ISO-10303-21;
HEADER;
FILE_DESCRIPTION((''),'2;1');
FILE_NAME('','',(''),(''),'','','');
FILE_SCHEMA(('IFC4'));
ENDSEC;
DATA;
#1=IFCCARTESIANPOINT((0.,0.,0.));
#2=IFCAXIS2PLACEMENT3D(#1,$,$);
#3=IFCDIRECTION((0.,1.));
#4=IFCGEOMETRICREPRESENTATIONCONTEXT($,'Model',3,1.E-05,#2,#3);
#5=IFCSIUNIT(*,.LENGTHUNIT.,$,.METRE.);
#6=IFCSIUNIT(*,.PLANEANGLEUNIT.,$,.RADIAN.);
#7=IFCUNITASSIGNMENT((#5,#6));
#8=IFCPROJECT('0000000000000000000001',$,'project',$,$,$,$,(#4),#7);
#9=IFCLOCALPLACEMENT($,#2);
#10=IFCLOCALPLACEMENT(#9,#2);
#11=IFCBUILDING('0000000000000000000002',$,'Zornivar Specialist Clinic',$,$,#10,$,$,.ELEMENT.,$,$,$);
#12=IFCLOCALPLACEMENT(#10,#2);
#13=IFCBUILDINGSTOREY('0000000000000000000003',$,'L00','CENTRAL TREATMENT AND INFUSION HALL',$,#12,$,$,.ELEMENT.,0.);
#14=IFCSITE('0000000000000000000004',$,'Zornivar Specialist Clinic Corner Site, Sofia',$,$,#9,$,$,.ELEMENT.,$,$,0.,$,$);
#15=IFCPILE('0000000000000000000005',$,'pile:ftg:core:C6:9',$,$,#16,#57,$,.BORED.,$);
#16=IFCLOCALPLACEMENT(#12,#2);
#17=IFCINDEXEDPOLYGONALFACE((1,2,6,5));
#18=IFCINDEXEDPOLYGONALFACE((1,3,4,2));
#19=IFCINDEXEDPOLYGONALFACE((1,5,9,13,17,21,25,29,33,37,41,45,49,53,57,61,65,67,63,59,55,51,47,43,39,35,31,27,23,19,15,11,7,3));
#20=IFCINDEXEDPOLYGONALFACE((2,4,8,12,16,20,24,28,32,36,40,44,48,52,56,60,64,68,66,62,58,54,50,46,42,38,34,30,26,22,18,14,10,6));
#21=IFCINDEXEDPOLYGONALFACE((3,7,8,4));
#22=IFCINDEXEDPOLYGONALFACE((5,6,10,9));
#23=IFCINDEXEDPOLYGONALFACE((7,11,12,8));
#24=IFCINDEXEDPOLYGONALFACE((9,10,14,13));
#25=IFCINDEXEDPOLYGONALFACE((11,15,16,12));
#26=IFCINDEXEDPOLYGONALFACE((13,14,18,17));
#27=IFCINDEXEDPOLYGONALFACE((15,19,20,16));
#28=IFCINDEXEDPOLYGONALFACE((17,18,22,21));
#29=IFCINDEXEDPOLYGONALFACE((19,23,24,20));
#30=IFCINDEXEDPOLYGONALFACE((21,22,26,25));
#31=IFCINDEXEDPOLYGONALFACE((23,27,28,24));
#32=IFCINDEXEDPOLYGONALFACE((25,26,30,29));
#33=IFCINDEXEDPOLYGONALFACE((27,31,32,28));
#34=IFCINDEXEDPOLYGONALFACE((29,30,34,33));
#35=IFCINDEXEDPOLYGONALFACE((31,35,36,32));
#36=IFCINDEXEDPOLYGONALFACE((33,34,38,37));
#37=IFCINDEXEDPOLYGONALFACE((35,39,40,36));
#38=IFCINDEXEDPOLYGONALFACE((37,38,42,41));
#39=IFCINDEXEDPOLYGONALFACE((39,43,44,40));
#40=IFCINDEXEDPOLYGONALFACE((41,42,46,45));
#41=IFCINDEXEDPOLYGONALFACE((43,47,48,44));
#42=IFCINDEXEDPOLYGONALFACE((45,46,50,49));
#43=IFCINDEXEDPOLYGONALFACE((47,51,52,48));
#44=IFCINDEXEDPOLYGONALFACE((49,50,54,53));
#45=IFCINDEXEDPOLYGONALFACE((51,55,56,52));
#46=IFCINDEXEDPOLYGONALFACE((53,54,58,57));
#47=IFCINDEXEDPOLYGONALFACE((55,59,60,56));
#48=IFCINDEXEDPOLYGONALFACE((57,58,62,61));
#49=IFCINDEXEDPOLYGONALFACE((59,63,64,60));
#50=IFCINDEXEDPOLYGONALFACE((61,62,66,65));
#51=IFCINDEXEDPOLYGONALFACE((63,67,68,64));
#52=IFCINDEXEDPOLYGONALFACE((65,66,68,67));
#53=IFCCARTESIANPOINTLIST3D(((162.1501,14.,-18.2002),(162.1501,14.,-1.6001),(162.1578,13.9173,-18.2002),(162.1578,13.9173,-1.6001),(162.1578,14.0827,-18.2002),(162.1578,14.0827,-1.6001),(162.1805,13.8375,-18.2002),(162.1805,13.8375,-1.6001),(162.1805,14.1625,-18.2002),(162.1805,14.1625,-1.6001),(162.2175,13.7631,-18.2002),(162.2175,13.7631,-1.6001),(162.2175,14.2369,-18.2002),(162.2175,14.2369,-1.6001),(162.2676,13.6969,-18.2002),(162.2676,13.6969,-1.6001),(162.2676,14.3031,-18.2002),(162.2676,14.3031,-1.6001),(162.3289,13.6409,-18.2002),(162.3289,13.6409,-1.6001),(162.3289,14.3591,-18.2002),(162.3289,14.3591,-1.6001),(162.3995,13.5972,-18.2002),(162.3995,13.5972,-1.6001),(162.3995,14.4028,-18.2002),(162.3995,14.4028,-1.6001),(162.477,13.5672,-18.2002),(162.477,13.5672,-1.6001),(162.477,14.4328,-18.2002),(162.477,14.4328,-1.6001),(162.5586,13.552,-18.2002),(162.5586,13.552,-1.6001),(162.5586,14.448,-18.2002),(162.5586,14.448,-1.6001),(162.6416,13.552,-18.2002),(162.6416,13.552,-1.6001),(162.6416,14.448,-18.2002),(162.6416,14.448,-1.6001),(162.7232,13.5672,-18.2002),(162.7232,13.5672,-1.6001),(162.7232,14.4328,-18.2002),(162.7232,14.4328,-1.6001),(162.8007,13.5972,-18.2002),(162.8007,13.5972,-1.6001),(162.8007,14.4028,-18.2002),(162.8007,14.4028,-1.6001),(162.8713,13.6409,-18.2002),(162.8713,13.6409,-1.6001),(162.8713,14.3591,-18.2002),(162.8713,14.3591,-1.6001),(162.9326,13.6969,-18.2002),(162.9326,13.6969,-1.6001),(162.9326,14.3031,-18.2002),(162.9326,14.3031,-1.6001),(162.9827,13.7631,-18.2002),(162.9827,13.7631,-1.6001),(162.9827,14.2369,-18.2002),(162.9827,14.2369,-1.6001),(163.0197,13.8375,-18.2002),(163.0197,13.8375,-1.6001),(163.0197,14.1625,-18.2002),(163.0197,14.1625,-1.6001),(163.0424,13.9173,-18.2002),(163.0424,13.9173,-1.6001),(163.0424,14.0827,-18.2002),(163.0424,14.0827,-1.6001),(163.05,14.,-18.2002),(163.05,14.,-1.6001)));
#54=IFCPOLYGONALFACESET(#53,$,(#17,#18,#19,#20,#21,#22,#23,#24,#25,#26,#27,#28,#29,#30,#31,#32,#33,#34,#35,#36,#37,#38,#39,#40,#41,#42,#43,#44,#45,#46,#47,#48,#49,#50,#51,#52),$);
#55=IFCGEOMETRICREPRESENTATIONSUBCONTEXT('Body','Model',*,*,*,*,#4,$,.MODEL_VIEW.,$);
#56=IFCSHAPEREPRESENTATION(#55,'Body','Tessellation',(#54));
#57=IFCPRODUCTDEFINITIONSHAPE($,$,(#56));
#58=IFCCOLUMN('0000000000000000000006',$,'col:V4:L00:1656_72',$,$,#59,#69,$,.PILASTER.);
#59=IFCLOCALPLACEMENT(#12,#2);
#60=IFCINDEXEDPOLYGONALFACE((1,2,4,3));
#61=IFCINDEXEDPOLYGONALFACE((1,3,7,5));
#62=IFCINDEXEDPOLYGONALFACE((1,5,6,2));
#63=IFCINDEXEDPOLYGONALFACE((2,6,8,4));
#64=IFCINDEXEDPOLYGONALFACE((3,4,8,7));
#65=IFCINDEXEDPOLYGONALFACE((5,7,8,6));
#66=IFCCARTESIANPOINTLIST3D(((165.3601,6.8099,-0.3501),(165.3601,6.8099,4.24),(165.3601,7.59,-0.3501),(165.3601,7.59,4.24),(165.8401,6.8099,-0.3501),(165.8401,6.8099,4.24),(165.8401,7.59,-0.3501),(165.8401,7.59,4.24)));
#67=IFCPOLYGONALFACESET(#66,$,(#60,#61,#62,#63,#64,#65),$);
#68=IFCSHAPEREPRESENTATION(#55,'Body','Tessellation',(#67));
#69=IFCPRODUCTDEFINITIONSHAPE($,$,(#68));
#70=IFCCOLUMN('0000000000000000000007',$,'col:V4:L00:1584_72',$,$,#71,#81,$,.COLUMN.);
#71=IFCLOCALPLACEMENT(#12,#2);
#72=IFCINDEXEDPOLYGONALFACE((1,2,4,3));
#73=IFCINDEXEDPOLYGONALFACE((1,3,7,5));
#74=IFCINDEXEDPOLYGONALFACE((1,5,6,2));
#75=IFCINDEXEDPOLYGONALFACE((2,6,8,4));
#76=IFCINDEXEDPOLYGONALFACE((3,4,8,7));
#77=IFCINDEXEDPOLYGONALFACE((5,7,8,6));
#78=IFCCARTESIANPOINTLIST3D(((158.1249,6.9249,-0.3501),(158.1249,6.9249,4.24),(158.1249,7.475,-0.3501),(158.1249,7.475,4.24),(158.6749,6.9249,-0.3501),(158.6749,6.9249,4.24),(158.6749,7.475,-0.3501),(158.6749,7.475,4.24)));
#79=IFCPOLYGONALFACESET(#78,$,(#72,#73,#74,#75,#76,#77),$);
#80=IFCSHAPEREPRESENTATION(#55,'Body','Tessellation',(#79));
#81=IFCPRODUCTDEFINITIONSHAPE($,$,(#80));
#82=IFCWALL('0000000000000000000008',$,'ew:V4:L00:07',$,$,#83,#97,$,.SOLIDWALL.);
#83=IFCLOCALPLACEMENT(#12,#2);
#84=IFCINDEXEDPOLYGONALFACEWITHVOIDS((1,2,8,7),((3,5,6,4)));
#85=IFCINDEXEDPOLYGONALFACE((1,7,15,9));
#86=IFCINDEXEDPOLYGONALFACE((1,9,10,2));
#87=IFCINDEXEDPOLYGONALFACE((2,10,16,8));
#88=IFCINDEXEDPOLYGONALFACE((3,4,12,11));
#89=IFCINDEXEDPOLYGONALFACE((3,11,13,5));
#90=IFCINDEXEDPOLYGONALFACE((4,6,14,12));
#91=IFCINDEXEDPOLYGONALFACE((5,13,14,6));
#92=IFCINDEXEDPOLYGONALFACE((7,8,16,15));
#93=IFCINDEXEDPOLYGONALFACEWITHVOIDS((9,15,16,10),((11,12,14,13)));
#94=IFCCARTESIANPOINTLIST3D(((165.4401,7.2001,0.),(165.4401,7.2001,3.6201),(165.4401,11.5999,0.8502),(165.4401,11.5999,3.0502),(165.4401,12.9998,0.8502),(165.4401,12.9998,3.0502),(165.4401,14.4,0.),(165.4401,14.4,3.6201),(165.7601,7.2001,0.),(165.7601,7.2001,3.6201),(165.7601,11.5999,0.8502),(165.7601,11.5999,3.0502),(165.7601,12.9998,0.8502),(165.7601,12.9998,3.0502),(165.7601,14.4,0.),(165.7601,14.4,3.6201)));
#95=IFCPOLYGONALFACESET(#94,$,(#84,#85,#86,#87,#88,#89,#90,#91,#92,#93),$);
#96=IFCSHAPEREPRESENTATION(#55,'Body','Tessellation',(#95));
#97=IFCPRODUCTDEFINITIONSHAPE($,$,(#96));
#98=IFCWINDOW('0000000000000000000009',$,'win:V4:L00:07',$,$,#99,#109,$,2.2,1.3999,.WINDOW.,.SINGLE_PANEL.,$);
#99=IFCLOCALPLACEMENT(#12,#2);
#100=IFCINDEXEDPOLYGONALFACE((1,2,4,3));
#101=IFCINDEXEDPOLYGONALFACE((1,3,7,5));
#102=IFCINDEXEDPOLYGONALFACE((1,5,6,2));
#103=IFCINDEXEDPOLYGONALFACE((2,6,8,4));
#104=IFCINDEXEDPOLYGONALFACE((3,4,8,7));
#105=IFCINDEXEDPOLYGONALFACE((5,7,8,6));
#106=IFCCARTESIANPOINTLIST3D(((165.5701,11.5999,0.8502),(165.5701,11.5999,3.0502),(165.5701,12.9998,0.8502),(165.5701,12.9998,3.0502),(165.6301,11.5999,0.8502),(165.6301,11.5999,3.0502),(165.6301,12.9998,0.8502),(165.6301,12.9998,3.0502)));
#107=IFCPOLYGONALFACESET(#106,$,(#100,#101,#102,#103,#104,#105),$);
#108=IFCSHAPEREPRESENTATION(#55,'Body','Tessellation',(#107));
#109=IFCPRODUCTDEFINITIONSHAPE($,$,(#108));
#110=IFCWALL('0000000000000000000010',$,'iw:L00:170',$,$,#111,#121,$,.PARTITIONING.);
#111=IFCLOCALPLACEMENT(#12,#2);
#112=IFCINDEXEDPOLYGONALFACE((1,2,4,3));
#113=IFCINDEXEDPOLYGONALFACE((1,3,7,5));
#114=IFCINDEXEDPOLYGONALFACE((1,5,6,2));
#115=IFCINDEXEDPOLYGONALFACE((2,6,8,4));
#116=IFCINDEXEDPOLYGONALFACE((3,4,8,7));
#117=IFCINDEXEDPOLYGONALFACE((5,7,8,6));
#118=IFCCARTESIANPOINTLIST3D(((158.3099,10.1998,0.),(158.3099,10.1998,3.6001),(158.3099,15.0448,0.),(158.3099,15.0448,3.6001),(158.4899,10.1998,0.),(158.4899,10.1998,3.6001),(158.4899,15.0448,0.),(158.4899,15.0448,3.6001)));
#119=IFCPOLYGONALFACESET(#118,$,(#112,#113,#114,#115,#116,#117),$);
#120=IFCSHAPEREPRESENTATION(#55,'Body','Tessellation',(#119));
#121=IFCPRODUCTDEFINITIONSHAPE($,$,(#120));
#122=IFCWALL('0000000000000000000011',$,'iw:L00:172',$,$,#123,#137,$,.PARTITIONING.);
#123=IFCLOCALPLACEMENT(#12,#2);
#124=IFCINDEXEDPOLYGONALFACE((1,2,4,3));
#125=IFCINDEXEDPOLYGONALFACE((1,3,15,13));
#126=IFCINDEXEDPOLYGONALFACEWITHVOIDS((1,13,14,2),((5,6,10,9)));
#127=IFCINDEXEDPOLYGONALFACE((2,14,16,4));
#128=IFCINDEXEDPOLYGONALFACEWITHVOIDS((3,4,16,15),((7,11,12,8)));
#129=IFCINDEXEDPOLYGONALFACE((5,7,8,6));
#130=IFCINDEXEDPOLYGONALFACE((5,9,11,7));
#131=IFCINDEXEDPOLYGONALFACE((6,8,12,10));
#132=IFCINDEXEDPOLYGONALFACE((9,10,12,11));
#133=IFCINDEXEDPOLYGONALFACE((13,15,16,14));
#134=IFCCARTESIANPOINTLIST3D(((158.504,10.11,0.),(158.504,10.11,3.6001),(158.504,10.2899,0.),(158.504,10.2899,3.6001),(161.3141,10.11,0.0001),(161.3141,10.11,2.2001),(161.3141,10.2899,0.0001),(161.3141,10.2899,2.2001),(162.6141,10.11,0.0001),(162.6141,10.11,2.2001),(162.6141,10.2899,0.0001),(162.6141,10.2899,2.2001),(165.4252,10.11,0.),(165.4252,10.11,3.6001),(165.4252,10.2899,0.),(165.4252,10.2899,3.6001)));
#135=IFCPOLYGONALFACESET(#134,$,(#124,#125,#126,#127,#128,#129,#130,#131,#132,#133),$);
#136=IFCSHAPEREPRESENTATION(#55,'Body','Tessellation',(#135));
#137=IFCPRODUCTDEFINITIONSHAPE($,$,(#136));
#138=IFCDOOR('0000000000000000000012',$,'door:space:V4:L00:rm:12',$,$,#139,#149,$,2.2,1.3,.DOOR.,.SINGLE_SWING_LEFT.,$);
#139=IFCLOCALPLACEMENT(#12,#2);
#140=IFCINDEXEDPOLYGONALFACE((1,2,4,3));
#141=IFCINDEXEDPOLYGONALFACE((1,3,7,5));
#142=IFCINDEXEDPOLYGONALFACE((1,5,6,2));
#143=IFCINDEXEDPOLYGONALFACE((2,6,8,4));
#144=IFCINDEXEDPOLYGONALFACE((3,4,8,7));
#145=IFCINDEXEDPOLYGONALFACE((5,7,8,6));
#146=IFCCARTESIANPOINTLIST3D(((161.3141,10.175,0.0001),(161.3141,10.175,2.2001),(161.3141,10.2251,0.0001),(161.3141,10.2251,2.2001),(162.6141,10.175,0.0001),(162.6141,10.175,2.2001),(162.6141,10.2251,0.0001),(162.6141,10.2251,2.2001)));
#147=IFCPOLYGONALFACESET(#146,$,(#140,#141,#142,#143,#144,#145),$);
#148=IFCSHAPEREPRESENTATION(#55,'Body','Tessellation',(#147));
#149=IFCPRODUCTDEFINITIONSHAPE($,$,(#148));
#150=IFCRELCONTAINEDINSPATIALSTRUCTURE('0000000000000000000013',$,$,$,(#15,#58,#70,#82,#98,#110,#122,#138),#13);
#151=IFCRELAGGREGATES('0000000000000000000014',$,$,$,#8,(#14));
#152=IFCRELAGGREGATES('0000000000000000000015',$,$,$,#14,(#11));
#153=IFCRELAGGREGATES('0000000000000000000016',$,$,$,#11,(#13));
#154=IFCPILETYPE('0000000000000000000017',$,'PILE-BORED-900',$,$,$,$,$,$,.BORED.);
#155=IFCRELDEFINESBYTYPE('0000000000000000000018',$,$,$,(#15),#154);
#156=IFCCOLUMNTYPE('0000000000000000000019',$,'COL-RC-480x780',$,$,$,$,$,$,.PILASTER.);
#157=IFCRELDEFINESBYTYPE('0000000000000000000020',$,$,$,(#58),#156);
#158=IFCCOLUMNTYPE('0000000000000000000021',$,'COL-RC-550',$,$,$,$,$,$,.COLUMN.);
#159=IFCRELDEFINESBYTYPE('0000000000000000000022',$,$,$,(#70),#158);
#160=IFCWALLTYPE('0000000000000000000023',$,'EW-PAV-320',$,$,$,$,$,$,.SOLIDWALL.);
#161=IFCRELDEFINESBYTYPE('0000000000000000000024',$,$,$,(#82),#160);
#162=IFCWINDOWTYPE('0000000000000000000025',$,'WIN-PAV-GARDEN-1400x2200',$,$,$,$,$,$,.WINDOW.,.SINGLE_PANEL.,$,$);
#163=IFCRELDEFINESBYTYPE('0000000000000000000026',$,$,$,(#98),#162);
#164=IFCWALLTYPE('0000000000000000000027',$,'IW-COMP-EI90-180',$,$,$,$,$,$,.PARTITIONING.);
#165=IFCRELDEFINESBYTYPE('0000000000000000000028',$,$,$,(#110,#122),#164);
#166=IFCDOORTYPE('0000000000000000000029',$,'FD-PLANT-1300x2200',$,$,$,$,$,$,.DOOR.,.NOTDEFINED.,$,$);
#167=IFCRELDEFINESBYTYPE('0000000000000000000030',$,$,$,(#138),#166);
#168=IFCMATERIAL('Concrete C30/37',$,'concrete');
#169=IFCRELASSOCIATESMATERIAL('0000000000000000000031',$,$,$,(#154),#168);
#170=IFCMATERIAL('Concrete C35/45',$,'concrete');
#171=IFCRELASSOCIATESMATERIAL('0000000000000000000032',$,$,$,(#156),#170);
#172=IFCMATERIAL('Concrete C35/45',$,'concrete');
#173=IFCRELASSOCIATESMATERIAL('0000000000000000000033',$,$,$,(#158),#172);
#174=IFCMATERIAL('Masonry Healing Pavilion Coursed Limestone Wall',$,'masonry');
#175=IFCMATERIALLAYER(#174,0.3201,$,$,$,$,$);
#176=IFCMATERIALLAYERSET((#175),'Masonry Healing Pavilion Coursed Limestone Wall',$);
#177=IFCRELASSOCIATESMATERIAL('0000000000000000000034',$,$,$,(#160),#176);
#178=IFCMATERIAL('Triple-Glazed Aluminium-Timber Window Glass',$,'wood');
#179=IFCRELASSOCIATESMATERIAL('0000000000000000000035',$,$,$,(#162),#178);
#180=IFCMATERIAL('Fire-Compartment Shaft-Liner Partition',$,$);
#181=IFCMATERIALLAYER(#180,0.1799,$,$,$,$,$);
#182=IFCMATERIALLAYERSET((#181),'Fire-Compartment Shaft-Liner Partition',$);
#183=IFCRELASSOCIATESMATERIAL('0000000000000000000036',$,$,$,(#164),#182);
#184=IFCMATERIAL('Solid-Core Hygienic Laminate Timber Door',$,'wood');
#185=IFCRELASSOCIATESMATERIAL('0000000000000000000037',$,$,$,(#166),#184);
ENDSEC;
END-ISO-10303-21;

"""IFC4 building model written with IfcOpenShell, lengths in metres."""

from ifc_helpers import new_model, si_unit, direction, frame, frame_2d, origin, origin_2d, place, context, subcontext, project, spatial, rectangle, circle, extrude, material, layer, layer_set, material_profile, profile_set, type_object, element, fill, save


model = new_model("IFC4")

# Units and contexts
model_context = context("Model", 3, precision=1e-05, world=origin(), true_north=direction((0.0, 1.0)))
body_context = subcontext(model_context, "Body", "Model", "MODEL_VIEW")
ifc_project = project(units=[si_unit("LENGTHUNIT", "METRE"), si_unit("PLANEANGLEUNIT", "RADIAN")], contexts=[model_context])

# Site, building, storey
site_placement = place(None, origin())
site = spatial("IfcSite", under=ifc_project, at=site_placement, Name="Zornivar Specialist Clinic Corner Site, Sofia", CompositionType="ELEMENT", RefElevation=0.0)
building_placement = place(site_placement, origin())
building = spatial("IfcBuilding", under=site, at=building_placement, Name="Zornivar Specialist Clinic", CompositionType="ELEMENT")
storey_placement = place(building_placement, origin())
storey = spatial("IfcBuildingStorey", under=building, at=storey_placement, Name="L00", Description="CENTRAL TREATMENT AND INFUSION HALL", CompositionType="ELEMENT", Elevation=0.0)

# Pile
ifc_material_1 = material(Name="Concrete C30/37", Category="concrete")
ifc_material_profile_1 = material_profile(ifc_material_1, circle(Radius=0.45, at=origin_2d()), Name="PILE D900")
ifc_profile_set_1 = profile_set([ifc_material_profile_1], Name="Concrete C30/37")
pile_type_1 = type_object("IfcPileType", Name="PILE-BORED-900", PredefinedType="BORED", material=ifc_profile_set_1)
for number, where, z_axis, x_axis, name in (
    (1, (162.6001, 14.0, -1.6001), (0.0, 0.0, -1.0), (1.0, 0.0, 0.0), "pile:ftg:core:C6:9"),
):
    element("IfcPile", number, at=place(storey_placement, frame(where, z_axis=z_axis, x_axis=x_axis)), inside=storey, type_object=pile_type_1, Name=name, PredefinedType="BORED", context=body_context, shape_type="SweptSolid", body=[
        extrude(circle(Radius=0.45, at=origin_2d()), origin(), (0.0, 0.0, 1.0), 16.6001),
    ])

# Columns
ifc_material_2 = material(Name="Concrete C35/45", Category="concrete")
ifc_material_profile_2 = material_profile(ifc_material_2, rectangle(XDim=0.48, YDim=0.78, at=origin_2d()), Name="RC 480x780")
ifc_profile_set_2 = profile_set([ifc_material_profile_2], Name="Concrete C35/45")
column_type_1 = type_object("IfcColumnType", Name="COL-RC-480x780", PredefinedType="PILASTER", material=ifc_profile_set_2)
column_1_placement = place(storey_placement, frame((165.6001, 7.2, -0.3501), z_axis=(0.0, 0.0, 1.0), x_axis=(1.0, 0.0, 0.0)))
element("IfcColumn", 2, at=column_1_placement, inside=storey, type_object=column_type_1, Name="col:V4:L00:1656_72", PredefinedType="PILASTER", context=body_context, shape_type="SweptSolid", body=[
    extrude(rectangle(XDim=0.48, YDim=0.78, at=origin_2d()), origin(), (0.0, 0.0, 1.0), 4.5901),
])
ifc_material_3 = material(Name="Concrete C35/45", Category="concrete")
ifc_material_profile_3 = material_profile(ifc_material_3, rectangle(XDim=0.55, YDim=0.55, at=origin_2d()), Name="RC 550x550")
ifc_profile_set_3 = profile_set([ifc_material_profile_3], Name="Concrete C35/45")
column_type_2 = type_object("IfcColumnType", Name="COL-RC-550", PredefinedType="COLUMN", material=ifc_profile_set_3)
column_2_placement = place(storey_placement, frame((158.3999, 7.2, -0.3501), z_axis=(0.0, 0.0, 1.0), x_axis=(1.0, 0.0, 0.0)))
element("IfcColumn", 3, at=column_2_placement, inside=storey, type_object=column_type_2, Name="col:V4:L00:1584_72", PredefinedType="COLUMN", context=body_context, shape_type="SweptSolid", body=[
    extrude(rectangle(XDim=0.55, YDim=0.55, at=origin_2d()), origin(), (0.0, 0.0, 1.0), 4.5901),
])

# Wall, opening, window
ifc_material_4 = material(Name="Masonry Healing Pavilion Coursed Limestone Wall", Category="masonry")
ifc_layer_1 = layer(ifc_material_4, 0.3201)
ifc_layer_set_1 = layer_set([ifc_layer_1], Name="Masonry Healing Pavilion Coursed Limestone Wall")
wall_type_1 = type_object("IfcWallType", Name="EW-PAV-320", PredefinedType="SOLIDWALL", material=ifc_layer_set_1)
wall_1_placement = place(storey_placement, frame((165.6001, 7.2, 0.0), z_axis=(0.0, 0.0, 1.0), x_axis=(0.0, 1.0, 0.0)))
wall_1 = element("IfcWall", 4, at=wall_1_placement, inside=storey, type_object=wall_type_1, Name="ew:V4:L00:07", PredefinedType="SOLIDWALL", context=body_context, shape_type="SweptSolid", body=[
    extrude(rectangle(XDim=7.2, YDim=0.3201, at=frame_2d((3.6001, 0.0))), origin(), (0.0, 0.0, 1.0), 3.6201),
])
opening_1_placement = place(wall_1_placement, frame((4.3999, 0.0, 0.8501)))
opening_1 = element("IfcOpeningElement", 5, at=opening_1_placement, cuts=wall_1, PredefinedType="OPENING", context=body_context, shape_type="SweptSolid", body=[
    extrude(rectangle(XDim=1.3999, YDim=2.2, at=frame_2d((0.7, 1.1001))), frame((0.0, 0.1699, 0.0), z_axis=(0.0, -1.0, 0.0), x_axis=(1.0, 0.0, 0.0)), (0.0, 0.0, 1.0), 0.3401),
])
ifc_material_5 = material(Name="Triple-Glazed Aluminium-Timber Window Glass", Category="wood")
window_type = type_object("IfcWindowType", Name="WIN-PAV-GARDEN-1400x2200", PartitioningType="SINGLE_PANEL", PredefinedType="WINDOW", material=ifc_material_5)
window_placement = place(opening_1_placement, origin())
window = element("IfcWindow", 6, at=window_placement, inside=storey, type_object=window_type, Name="win:V4:L00:07", OverallHeight=2.2, OverallWidth=1.3999, PartitioningType="SINGLE_PANEL", PredefinedType="WINDOW", context=body_context, shape_type="SweptSolid", body=[
    extrude(rectangle(XDim=1.3999, YDim=2.2, at=frame_2d((0.7, 1.1001))), frame((0.0, 0.03, 0.0), z_axis=(0.0, -1.0, 0.0), x_axis=(1.0, 0.0, 0.0)), (0.0, 0.0, 1.0), 0.0601),
])
fill(opening_1, window)

# Wall
ifc_material_6 = material(Name="Fire-Compartment Shaft-Liner Partition")
ifc_layer_2 = layer(ifc_material_6, 0.1799)
ifc_layer_set_2 = layer_set([ifc_layer_2], Name="Fire-Compartment Shaft-Liner Partition")
wall_type_2 = type_object("IfcWallType", Name="IW-COMP-EI90-180", PredefinedType="PARTITIONING", material=ifc_layer_set_2)
wall_2_placement = place(storey_placement, frame((158.3999, 10.2, 0.0), z_axis=(0.0, 0.0, 1.0), x_axis=(0.0, 1.0, 0.0)))
element("IfcWall", 7, at=wall_2_placement, inside=storey, type_object=wall_type_2, Name="iw:L00:170", PredefinedType="PARTITIONING", context=body_context, shape_type="SweptSolid", body=[
    extrude(rectangle(XDim=4.845, YDim=0.1799, at=frame_2d((2.4224, 0.0))), origin(), (0.0, 0.0, 1.0), 3.6001),
])

# Wall, opening, door
wall_3_placement = place(storey_placement, frame((165.425, 10.2, 0.0), z_axis=(0.0, 0.0, 1.0), x_axis=(-1.0, 0.0, 0.0)))
wall_3 = element("IfcWall", 8, at=wall_3_placement, inside=storey, type_object=wall_type_2, Name="iw:L00:172", PredefinedType="PARTITIONING", context=body_context, shape_type="SweptSolid", body=[
    extrude(rectangle(XDim=6.9211, YDim=0.1799, at=frame_2d((3.4604, 0.0))), origin(), (0.0, 0.0, 1.0), 3.6001),
])
opening_2_placement = place(wall_3_placement, frame((2.811, 0.0, 0.0)))
opening_2 = element("IfcOpeningElement", 9, at=opening_2_placement, cuts=wall_3, PredefinedType="OPENING", context=body_context, shape_type="SweptSolid", body=[
    extrude(rectangle(XDim=1.3, YDim=2.2, at=frame_2d((0.6499, 1.1001))), frame((0.0, 0.0999, 0.0), z_axis=(0.0, -1.0, 0.0), x_axis=(1.0, 0.0, 0.0)), (0.0, 0.0, 1.0), 0.2),
])
ifc_material_7 = material(Name="Solid-Core Hygienic Laminate Timber Door", Category="wood")
door_type_1 = type_object("IfcDoorType", Name="FD-PLANT-1300x2200", OperationType="NOTDEFINED", PredefinedType="DOOR", material=ifc_material_7)
door_1_placement = place(opening_2_placement, origin())
door_1 = element("IfcDoor", 10, at=door_1_placement, inside=storey, type_object=door_type_1, Name="door:space:V4:L00:rm:12", OperationType="SINGLE_SWING_LEFT", OverallHeight=2.2, OverallWidth=1.3, PredefinedType="DOOR", context=body_context, shape_type="SweptSolid", body=[
    extrude(rectangle(XDim=1.3, YDim=2.2, at=frame_2d((0.6499, 1.1001))), frame((0.0, 0.0249, 0.0), z_axis=(0.0, -1.0, 0.0), x_axis=(1.0, 0.0, 0.0)), (0.0, 0.0, 1.0), 0.05),
])
fill(opening_2, door_1)

save(model, "model.ifc")
